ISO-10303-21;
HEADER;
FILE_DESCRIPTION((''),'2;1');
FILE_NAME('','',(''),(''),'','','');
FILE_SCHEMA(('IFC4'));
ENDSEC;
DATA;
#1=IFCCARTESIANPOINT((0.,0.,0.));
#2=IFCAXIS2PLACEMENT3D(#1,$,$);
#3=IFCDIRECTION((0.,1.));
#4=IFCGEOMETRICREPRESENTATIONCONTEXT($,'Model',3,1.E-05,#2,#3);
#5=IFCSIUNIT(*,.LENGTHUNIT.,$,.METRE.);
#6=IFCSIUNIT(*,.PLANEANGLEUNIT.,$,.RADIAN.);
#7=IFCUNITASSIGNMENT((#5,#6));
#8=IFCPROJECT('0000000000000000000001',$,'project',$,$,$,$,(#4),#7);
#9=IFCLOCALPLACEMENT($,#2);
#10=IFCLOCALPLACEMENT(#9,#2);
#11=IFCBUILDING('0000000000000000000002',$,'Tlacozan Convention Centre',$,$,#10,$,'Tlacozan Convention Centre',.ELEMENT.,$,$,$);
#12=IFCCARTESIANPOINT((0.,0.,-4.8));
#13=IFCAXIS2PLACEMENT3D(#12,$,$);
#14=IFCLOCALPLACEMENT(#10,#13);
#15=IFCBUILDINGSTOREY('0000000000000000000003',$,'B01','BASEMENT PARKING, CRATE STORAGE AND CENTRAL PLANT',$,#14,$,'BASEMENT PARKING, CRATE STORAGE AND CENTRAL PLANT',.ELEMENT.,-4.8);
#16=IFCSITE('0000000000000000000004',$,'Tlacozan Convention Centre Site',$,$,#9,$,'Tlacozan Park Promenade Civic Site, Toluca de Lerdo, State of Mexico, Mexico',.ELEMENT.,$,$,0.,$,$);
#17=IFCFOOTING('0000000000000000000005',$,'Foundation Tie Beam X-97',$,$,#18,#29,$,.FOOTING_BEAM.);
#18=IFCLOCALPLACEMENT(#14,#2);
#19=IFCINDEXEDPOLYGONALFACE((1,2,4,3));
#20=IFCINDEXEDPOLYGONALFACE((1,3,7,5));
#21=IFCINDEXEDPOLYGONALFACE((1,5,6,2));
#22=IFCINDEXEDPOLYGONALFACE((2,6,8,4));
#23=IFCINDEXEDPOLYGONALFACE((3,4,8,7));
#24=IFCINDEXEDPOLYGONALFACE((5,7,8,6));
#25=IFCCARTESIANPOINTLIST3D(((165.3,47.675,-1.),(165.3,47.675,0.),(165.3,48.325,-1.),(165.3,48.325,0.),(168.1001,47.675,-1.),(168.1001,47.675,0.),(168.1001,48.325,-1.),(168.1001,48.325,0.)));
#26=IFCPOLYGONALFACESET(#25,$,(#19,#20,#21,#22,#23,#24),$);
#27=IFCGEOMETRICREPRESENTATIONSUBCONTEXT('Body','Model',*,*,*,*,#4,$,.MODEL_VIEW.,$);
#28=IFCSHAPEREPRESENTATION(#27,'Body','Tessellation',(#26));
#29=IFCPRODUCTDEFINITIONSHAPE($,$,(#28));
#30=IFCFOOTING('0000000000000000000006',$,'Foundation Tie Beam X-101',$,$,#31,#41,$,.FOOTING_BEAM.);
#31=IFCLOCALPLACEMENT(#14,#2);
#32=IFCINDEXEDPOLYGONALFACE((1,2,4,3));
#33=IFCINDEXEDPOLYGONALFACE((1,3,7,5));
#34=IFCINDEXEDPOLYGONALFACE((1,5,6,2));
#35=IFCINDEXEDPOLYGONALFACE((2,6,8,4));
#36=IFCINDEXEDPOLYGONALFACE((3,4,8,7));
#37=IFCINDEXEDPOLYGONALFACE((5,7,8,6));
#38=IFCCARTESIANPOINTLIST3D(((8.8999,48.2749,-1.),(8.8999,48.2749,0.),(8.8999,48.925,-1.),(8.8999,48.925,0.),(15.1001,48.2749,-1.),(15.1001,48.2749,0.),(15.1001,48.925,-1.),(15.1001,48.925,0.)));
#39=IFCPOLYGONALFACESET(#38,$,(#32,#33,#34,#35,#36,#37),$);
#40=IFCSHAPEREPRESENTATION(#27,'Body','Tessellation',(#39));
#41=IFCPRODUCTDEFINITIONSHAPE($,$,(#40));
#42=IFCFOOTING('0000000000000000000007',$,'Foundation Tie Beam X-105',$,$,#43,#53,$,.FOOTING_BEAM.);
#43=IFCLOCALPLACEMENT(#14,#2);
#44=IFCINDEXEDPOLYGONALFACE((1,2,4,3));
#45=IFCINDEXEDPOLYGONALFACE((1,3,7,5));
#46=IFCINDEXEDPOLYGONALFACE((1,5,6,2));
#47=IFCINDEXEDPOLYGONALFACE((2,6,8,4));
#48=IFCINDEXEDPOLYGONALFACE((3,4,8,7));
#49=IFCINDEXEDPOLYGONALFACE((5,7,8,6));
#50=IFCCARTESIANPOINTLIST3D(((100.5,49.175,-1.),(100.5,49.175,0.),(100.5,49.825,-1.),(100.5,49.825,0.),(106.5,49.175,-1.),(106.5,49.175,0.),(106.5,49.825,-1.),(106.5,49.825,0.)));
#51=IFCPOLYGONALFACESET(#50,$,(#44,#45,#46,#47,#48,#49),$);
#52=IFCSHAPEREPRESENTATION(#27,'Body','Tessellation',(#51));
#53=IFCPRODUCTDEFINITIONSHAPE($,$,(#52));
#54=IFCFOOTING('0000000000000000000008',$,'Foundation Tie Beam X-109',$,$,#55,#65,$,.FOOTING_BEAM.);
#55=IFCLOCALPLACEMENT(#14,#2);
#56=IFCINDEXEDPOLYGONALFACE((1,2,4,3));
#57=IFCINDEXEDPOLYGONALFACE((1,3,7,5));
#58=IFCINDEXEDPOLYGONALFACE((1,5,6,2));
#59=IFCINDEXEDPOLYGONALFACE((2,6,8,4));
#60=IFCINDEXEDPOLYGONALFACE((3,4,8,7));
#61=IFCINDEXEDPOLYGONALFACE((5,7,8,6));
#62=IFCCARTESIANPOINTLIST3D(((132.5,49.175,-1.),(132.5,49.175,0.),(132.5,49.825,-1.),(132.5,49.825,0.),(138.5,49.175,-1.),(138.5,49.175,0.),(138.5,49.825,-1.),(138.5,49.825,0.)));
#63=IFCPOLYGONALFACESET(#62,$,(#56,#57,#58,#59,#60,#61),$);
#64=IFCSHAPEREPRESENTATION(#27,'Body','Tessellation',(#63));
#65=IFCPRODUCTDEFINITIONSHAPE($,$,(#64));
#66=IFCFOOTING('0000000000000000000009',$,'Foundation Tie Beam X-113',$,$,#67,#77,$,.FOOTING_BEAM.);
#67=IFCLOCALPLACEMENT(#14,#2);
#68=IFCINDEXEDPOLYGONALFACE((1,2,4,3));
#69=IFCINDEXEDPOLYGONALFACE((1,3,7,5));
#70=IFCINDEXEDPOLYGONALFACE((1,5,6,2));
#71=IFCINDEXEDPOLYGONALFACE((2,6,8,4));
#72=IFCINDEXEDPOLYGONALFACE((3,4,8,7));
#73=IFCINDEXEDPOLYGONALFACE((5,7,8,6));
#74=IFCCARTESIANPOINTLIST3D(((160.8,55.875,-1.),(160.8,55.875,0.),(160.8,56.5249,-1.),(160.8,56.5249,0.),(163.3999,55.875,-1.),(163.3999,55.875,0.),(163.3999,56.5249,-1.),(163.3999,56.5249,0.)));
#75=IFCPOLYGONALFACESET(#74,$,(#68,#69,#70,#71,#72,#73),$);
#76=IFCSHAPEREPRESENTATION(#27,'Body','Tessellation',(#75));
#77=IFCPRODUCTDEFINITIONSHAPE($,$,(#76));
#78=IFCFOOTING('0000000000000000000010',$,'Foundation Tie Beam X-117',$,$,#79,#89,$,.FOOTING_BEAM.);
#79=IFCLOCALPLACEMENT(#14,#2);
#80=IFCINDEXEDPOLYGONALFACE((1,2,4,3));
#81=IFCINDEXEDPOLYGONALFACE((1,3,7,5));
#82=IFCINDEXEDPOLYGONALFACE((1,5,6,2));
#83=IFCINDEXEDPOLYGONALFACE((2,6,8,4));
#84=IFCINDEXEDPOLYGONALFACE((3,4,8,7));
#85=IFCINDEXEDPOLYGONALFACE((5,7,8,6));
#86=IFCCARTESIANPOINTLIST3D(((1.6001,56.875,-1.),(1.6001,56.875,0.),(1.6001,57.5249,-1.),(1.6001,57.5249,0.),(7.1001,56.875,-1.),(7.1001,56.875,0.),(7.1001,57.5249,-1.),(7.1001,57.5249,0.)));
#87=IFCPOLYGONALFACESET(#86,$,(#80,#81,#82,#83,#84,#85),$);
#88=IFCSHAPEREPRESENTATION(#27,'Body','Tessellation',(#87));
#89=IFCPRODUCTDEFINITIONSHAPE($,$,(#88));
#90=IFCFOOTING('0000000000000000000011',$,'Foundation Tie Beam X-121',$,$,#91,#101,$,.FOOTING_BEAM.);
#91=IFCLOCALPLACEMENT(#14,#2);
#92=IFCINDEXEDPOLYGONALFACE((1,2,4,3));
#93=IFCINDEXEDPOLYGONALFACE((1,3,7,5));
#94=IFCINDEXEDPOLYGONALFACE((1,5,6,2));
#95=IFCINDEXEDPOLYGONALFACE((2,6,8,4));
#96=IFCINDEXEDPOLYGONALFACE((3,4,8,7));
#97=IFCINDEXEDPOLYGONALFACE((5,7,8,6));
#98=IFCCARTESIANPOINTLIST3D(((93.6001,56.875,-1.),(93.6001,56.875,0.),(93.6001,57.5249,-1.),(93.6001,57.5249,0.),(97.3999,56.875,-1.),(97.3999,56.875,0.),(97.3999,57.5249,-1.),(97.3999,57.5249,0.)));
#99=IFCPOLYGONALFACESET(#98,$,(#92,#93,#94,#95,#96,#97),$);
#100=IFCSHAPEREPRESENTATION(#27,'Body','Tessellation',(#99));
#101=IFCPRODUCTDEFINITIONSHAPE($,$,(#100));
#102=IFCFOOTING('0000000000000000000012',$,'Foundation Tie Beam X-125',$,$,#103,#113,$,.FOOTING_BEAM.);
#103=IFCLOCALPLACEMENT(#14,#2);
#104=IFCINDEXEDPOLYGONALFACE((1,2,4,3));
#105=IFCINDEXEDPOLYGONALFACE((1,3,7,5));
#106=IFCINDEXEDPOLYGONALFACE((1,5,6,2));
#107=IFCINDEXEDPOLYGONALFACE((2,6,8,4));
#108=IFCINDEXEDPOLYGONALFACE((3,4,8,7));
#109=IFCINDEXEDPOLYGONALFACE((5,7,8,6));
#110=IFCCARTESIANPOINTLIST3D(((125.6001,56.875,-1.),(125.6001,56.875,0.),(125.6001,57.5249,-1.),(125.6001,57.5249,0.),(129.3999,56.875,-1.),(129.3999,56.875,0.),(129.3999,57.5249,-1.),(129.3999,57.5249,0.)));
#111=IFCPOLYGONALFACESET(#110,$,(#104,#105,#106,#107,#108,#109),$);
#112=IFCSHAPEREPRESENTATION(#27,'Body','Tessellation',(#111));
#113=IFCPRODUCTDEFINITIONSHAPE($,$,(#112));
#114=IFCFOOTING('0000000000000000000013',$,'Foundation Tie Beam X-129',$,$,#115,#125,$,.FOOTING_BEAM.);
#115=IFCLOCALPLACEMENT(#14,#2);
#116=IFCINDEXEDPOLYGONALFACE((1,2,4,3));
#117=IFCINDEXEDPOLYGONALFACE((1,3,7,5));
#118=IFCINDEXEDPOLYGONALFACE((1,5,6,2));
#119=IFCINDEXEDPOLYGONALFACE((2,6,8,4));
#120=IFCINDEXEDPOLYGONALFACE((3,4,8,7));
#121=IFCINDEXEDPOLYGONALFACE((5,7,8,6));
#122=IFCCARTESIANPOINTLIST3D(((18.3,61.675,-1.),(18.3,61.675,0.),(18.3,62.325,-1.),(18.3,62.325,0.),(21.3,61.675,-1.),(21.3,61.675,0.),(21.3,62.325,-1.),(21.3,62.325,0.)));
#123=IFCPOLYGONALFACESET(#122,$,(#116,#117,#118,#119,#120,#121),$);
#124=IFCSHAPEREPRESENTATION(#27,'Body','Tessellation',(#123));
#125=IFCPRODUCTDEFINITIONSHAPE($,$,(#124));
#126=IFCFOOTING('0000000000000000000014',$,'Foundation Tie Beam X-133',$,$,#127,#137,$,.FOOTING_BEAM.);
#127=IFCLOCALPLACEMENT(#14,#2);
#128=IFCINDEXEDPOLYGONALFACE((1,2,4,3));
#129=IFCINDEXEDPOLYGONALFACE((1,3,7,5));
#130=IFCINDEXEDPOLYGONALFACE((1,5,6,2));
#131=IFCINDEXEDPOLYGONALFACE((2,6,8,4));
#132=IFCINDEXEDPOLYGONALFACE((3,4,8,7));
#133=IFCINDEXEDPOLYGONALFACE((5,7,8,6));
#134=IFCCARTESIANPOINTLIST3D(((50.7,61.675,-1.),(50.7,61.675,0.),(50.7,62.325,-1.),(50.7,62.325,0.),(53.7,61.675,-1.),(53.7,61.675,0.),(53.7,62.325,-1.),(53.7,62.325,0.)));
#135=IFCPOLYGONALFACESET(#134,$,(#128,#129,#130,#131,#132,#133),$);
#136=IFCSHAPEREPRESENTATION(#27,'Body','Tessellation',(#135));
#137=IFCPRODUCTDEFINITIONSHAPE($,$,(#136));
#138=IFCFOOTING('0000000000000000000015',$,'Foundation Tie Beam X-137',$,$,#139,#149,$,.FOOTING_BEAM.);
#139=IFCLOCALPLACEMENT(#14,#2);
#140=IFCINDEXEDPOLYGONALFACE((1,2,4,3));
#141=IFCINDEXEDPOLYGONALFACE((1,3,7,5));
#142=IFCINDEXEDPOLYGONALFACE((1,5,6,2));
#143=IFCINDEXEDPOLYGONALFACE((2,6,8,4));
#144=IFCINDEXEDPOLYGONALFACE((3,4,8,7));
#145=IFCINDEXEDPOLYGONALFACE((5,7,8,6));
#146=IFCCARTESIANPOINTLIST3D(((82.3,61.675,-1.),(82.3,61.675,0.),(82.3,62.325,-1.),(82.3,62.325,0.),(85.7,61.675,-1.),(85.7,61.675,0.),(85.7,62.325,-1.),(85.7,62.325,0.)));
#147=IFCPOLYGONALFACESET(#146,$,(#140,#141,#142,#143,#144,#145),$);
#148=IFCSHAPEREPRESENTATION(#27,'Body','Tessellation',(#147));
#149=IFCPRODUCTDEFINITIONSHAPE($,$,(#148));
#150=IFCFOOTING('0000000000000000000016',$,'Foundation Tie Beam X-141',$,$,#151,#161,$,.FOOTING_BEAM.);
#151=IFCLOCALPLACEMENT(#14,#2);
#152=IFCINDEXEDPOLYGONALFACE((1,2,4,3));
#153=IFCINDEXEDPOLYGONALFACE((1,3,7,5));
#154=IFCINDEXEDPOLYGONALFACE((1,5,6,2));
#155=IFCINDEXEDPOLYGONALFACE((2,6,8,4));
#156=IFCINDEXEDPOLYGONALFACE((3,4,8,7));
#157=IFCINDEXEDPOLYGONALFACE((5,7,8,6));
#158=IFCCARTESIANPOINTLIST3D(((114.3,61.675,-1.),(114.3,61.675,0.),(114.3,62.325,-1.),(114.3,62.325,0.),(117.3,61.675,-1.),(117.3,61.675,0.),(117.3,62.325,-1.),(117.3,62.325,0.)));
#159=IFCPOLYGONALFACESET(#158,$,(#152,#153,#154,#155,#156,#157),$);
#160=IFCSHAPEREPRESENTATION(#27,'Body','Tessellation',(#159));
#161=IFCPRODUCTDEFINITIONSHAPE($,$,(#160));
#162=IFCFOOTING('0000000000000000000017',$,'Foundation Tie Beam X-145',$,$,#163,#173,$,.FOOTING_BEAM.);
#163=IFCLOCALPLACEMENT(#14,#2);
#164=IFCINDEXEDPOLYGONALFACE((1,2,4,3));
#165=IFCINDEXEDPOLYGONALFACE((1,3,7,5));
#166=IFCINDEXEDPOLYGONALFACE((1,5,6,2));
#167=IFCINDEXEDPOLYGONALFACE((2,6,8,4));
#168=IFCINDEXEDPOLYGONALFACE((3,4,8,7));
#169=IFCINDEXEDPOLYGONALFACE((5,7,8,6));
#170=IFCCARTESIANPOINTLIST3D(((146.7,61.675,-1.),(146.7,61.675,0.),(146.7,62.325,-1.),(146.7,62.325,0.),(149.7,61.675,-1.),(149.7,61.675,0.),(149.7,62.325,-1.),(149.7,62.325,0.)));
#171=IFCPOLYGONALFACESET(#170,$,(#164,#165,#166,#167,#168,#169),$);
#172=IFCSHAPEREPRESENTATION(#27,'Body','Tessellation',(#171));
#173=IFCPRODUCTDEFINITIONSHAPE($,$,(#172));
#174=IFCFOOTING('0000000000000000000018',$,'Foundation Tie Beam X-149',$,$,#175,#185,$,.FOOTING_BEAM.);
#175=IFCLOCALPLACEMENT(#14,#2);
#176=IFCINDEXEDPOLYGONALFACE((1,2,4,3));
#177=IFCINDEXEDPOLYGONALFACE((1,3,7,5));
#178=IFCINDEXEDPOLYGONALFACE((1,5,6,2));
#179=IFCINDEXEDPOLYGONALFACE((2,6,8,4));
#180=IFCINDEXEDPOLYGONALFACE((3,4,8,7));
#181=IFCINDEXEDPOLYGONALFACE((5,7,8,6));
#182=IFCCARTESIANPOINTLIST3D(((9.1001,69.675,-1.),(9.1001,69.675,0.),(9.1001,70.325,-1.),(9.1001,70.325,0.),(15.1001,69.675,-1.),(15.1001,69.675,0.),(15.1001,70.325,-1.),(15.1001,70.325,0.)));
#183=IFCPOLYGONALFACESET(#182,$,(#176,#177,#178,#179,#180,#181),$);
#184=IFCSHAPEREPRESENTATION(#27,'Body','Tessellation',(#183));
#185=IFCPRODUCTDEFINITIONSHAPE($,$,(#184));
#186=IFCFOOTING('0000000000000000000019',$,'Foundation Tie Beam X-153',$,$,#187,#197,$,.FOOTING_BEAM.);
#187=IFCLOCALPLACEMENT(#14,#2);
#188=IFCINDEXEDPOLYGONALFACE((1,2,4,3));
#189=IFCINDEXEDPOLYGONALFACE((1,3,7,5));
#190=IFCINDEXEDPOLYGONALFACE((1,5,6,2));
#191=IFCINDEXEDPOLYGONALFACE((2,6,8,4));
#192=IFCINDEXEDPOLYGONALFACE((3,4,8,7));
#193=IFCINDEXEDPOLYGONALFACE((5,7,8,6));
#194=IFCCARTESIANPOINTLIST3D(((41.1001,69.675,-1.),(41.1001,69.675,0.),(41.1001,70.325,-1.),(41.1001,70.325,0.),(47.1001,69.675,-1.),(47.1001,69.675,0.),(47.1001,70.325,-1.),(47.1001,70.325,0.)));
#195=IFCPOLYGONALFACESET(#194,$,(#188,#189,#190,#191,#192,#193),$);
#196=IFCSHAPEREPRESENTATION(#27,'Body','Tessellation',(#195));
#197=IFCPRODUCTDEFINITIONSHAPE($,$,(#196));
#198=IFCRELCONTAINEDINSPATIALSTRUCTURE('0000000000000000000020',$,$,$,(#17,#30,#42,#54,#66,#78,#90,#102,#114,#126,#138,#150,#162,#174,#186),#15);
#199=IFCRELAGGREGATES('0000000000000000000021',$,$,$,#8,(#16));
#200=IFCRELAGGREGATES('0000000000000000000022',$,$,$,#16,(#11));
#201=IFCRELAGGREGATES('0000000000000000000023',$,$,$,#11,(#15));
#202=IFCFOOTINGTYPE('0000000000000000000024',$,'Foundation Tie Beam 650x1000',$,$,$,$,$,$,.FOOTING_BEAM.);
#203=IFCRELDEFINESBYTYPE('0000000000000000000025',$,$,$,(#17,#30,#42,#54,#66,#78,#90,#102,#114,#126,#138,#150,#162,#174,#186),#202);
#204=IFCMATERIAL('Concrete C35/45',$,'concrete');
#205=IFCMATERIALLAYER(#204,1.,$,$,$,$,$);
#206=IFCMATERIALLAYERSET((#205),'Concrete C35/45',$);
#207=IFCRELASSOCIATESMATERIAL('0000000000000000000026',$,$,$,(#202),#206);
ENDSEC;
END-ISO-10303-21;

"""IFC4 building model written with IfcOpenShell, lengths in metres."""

from ifc_helpers import new_model, si_unit, direction, frame, origin, place, context, subcontext, project, spatial, polyline, outline, extrude, material, layer, layer_set, type_object, element, save


model = new_model("IFC4")

# Units and contexts
model_context = context("Model", 3, precision=1e-05, world=origin(), true_north=direction((0.0, 1.0)))
body_context = subcontext(model_context, "Body", "Model", "MODEL_VIEW")
ifc_project = project(units=[si_unit("LENGTHUNIT", "METRE"), si_unit("PLANEANGLEUNIT", "RADIAN")], contexts=[model_context])

# Site, building, storey
site_placement = place(None, origin())
site = spatial("IfcSite", under=ifc_project, at=site_placement, Name="Tlacozan Convention Centre Site", LongName="Tlacozan Park Promenade Civic Site, Toluca de Lerdo, State of Mexico, Mexico", CompositionType="ELEMENT", RefElevation=0.0)
building_placement = place(site_placement, origin())
building = spatial("IfcBuilding", under=site, at=building_placement, Name="Tlacozan Convention Centre", LongName="Tlacozan Convention Centre", CompositionType="ELEMENT")
storey_placement = place(building_placement, frame((0.0, 0.0, -4.8)))
storey = spatial("IfcBuildingStorey", under=building, at=storey_placement, Name="B01", Description="BASEMENT PARKING, CRATE STORAGE AND CENTRAL PLANT", LongName="BASEMENT PARKING, CRATE STORAGE AND CENTRAL PLANT", CompositionType="ELEMENT", Elevation=-4.8)

# Footings
ifc_material = material(Name="Concrete C35/45", Category="concrete")
ifc_layer = layer(ifc_material, 1.0)
ifc_layer_set = layer_set([ifc_layer], Name="Concrete C35/45")
footing_type = type_object("IfcFootingType", Name="Foundation Tie Beam 650x1000", PredefinedType="FOOTING_BEAM", material=ifc_layer_set)
footing_1_placement = place(storey_placement, frame((0.0, 0.0, -1.0)))
element("IfcFooting", 1, at=footing_1_placement, inside=storey, type_object=footing_type, Name="Foundation Tie Beam X-97", PredefinedType="FOOTING_BEAM", context=body_context, shape_type="SweptSolid", body=[
    extrude(outline(polyline([(165.3, 47.675), (168.1001, 47.675), (168.1001, 48.325), (165.3, 48.325), (165.3, 47.675)])), origin(), (0.0, 0.0, 1.0), 1.0),
])
footing_2_placement = place(storey_placement, frame((0.0, 0.0, -1.0)))
element("IfcFooting", 2, at=footing_2_placement, inside=storey, type_object=footing_type, Name="Foundation Tie Beam X-101", PredefinedType="FOOTING_BEAM", context=body_context, shape_type="SweptSolid", body=[
    extrude(outline(polyline([(8.8999, 48.2749), (15.1001, 48.2749), (15.1001, 48.925), (8.8999, 48.925), (8.8999, 48.2749)])), origin(), (0.0, 0.0, 1.0), 1.0),
])
footing_3_placement = place(storey_placement, frame((0.0, 0.0, -1.0)))
element("IfcFooting", 3, at=footing_3_placement, inside=storey, type_object=footing_type, Name="Foundation Tie Beam X-105", PredefinedType="FOOTING_BEAM", context=body_context, shape_type="SweptSolid", body=[
    extrude(outline(polyline([(100.5, 49.175), (106.5, 49.175), (106.5, 49.825), (100.5, 49.825), (100.5, 49.175)])), origin(), (0.0, 0.0, 1.0), 1.0),
])
footing_4_placement = place(storey_placement, frame((0.0, 0.0, -1.0)))
element("IfcFooting", 4, at=footing_4_placement, inside=storey, type_object=footing_type, Name="Foundation Tie Beam X-109", PredefinedType="FOOTING_BEAM", context=body_context, shape_type="SweptSolid", body=[
    extrude(outline(polyline([(132.5, 49.175), (138.5, 49.175), (138.5, 49.825), (132.5, 49.825), (132.5, 49.175)])), origin(), (0.0, 0.0, 1.0), 1.0),
])
footing_5_placement = place(storey_placement, frame((0.0, 0.0, -1.0)))
element("IfcFooting", 5, at=footing_5_placement, inside=storey, type_object=footing_type, Name="Foundation Tie Beam X-113", PredefinedType="FOOTING_BEAM", context=body_context, shape_type="SweptSolid", body=[
    extrude(outline(polyline([(160.8, 55.875), (163.3999, 55.875), (163.3999, 56.5249), (160.8, 56.5249), (160.8, 55.875)])), origin(), (0.0, 0.0, 1.0), 1.0),
])
footing_6_placement = place(storey_placement, frame((0.0, 0.0, -1.0)))
element("IfcFooting", 6, at=footing_6_placement, inside=storey, type_object=footing_type, Name="Foundation Tie Beam X-117", PredefinedType="FOOTING_BEAM", context=body_context, shape_type="SweptSolid", body=[
    extrude(outline(polyline([(1.6001, 56.875), (7.1001, 56.875), (7.1001, 57.5249), (1.6001, 57.5249), (1.6001, 56.875)])), origin(), (0.0, 0.0, 1.0), 1.0),
])
footing_7_placement = place(storey_placement, frame((0.0, 0.0, -1.0)))
element("IfcFooting", 7, at=footing_7_placement, inside=storey, type_object=footing_type, Name="Foundation Tie Beam X-121", PredefinedType="FOOTING_BEAM", context=body_context, shape_type="SweptSolid", body=[
    extrude(outline(polyline([(93.6001, 56.875), (97.3999, 56.875), (97.3999, 57.5249), (93.6001, 57.5249), (93.6001, 56.875)])), origin(), (0.0, 0.0, 1.0), 1.0),
])
footing_8_placement = place(storey_placement, frame((0.0, 0.0, -1.0)))
element("IfcFooting", 8, at=footing_8_placement, inside=storey, type_object=footing_type, Name="Foundation Tie Beam X-125", PredefinedType="FOOTING_BEAM", context=body_context, shape_type="SweptSolid", body=[
    extrude(outline(polyline([(125.6001, 56.875), (129.3999, 56.875), (129.3999, 57.5249), (125.6001, 57.5249), (125.6001, 56.875)])), origin(), (0.0, 0.0, 1.0), 1.0),
])
footing_9_placement = place(storey_placement, frame((0.0, 0.0, -1.0)))
element("IfcFooting", 9, at=footing_9_placement, inside=storey, type_object=footing_type, Name="Foundation Tie Beam X-129", PredefinedType="FOOTING_BEAM", context=body_context, shape_type="SweptSolid", body=[
    extrude(outline(polyline([(18.3, 61.675), (21.3, 61.675), (21.3, 62.325), (18.3, 62.325), (18.3, 61.675)])), origin(), (0.0, 0.0, 1.0), 1.0),
])
footing_10_placement = place(storey_placement, frame((0.0, 0.0, -1.0)))
element("IfcFooting", 10, at=footing_10_placement, inside=storey, type_object=footing_type, Name="Foundation Tie Beam X-133", PredefinedType="FOOTING_BEAM", context=body_context, shape_type="SweptSolid", body=[
    extrude(outline(polyline([(50.7, 61.675), (53.7, 61.675), (53.7, 62.325), (50.7, 62.325), (50.7, 61.675)])), origin(), (0.0, 0.0, 1.0), 1.0),
])
footing_11_placement = place(storey_placement, frame((0.0, 0.0, -1.0)))
element("IfcFooting", 11, at=footing_11_placement, inside=storey, type_object=footing_type, Name="Foundation Tie Beam X-137", PredefinedType="FOOTING_BEAM", context=body_context, shape_type="SweptSolid", body=[
    extrude(outline(polyline([(82.3, 61.675), (85.7, 61.675), (85.7, 62.325), (82.3, 62.325), (82.3, 61.675)])), origin(), (0.0, 0.0, 1.0), 1.0),
])
footing_12_placement = place(storey_placement, frame((0.0, 0.0, -1.0)))
element("IfcFooting", 12, at=footing_12_placement, inside=storey, type_object=footing_type, Name="Foundation Tie Beam X-141", PredefinedType="FOOTING_BEAM", context=body_context, shape_type="SweptSolid", body=[
    extrude(outline(polyline([(114.3, 61.675), (117.3, 61.675), (117.3, 62.325), (114.3, 62.325), (114.3, 61.675)])), origin(), (0.0, 0.0, 1.0), 1.0),
])
footing_13_placement = place(storey_placement, frame((0.0, 0.0, -1.0)))
element("IfcFooting", 13, at=footing_13_placement, inside=storey, type_object=footing_type, Name="Foundation Tie Beam X-145", PredefinedType="FOOTING_BEAM", context=body_context, shape_type="SweptSolid", body=[
    extrude(outline(polyline([(146.7, 61.675), (149.7, 61.675), (149.7, 62.325), (146.7, 62.325), (146.7, 61.675)])), origin(), (0.0, 0.0, 1.0), 1.0),
])
footing_14_placement = place(storey_placement, frame((0.0, 0.0, -1.0)))
element("IfcFooting", 14, at=footing_14_placement, inside=storey, type_object=footing_type, Name="Foundation Tie Beam X-149", PredefinedType="FOOTING_BEAM", context=body_context, shape_type="SweptSolid", body=[
    extrude(outline(polyline([(9.1001, 69.675), (15.1001, 69.675), (15.1001, 70.325), (9.1001, 70.325), (9.1001, 69.675)])), origin(), (0.0, 0.0, 1.0), 1.0),
])
footing_15_placement = place(storey_placement, frame((0.0, 0.0, -1.0)))
element("IfcFooting", 15, at=footing_15_placement, inside=storey, type_object=footing_type, Name="Foundation Tie Beam X-153", PredefinedType="FOOTING_BEAM", context=body_context, shape_type="SweptSolid", body=[
    extrude(outline(polyline([(41.1001, 69.675), (47.1001, 69.675), (47.1001, 70.325), (41.1001, 70.325), (41.1001, 69.675)])), origin(), (0.0, 0.0, 1.0), 1.0),
])

save(model, "model.ifc")
